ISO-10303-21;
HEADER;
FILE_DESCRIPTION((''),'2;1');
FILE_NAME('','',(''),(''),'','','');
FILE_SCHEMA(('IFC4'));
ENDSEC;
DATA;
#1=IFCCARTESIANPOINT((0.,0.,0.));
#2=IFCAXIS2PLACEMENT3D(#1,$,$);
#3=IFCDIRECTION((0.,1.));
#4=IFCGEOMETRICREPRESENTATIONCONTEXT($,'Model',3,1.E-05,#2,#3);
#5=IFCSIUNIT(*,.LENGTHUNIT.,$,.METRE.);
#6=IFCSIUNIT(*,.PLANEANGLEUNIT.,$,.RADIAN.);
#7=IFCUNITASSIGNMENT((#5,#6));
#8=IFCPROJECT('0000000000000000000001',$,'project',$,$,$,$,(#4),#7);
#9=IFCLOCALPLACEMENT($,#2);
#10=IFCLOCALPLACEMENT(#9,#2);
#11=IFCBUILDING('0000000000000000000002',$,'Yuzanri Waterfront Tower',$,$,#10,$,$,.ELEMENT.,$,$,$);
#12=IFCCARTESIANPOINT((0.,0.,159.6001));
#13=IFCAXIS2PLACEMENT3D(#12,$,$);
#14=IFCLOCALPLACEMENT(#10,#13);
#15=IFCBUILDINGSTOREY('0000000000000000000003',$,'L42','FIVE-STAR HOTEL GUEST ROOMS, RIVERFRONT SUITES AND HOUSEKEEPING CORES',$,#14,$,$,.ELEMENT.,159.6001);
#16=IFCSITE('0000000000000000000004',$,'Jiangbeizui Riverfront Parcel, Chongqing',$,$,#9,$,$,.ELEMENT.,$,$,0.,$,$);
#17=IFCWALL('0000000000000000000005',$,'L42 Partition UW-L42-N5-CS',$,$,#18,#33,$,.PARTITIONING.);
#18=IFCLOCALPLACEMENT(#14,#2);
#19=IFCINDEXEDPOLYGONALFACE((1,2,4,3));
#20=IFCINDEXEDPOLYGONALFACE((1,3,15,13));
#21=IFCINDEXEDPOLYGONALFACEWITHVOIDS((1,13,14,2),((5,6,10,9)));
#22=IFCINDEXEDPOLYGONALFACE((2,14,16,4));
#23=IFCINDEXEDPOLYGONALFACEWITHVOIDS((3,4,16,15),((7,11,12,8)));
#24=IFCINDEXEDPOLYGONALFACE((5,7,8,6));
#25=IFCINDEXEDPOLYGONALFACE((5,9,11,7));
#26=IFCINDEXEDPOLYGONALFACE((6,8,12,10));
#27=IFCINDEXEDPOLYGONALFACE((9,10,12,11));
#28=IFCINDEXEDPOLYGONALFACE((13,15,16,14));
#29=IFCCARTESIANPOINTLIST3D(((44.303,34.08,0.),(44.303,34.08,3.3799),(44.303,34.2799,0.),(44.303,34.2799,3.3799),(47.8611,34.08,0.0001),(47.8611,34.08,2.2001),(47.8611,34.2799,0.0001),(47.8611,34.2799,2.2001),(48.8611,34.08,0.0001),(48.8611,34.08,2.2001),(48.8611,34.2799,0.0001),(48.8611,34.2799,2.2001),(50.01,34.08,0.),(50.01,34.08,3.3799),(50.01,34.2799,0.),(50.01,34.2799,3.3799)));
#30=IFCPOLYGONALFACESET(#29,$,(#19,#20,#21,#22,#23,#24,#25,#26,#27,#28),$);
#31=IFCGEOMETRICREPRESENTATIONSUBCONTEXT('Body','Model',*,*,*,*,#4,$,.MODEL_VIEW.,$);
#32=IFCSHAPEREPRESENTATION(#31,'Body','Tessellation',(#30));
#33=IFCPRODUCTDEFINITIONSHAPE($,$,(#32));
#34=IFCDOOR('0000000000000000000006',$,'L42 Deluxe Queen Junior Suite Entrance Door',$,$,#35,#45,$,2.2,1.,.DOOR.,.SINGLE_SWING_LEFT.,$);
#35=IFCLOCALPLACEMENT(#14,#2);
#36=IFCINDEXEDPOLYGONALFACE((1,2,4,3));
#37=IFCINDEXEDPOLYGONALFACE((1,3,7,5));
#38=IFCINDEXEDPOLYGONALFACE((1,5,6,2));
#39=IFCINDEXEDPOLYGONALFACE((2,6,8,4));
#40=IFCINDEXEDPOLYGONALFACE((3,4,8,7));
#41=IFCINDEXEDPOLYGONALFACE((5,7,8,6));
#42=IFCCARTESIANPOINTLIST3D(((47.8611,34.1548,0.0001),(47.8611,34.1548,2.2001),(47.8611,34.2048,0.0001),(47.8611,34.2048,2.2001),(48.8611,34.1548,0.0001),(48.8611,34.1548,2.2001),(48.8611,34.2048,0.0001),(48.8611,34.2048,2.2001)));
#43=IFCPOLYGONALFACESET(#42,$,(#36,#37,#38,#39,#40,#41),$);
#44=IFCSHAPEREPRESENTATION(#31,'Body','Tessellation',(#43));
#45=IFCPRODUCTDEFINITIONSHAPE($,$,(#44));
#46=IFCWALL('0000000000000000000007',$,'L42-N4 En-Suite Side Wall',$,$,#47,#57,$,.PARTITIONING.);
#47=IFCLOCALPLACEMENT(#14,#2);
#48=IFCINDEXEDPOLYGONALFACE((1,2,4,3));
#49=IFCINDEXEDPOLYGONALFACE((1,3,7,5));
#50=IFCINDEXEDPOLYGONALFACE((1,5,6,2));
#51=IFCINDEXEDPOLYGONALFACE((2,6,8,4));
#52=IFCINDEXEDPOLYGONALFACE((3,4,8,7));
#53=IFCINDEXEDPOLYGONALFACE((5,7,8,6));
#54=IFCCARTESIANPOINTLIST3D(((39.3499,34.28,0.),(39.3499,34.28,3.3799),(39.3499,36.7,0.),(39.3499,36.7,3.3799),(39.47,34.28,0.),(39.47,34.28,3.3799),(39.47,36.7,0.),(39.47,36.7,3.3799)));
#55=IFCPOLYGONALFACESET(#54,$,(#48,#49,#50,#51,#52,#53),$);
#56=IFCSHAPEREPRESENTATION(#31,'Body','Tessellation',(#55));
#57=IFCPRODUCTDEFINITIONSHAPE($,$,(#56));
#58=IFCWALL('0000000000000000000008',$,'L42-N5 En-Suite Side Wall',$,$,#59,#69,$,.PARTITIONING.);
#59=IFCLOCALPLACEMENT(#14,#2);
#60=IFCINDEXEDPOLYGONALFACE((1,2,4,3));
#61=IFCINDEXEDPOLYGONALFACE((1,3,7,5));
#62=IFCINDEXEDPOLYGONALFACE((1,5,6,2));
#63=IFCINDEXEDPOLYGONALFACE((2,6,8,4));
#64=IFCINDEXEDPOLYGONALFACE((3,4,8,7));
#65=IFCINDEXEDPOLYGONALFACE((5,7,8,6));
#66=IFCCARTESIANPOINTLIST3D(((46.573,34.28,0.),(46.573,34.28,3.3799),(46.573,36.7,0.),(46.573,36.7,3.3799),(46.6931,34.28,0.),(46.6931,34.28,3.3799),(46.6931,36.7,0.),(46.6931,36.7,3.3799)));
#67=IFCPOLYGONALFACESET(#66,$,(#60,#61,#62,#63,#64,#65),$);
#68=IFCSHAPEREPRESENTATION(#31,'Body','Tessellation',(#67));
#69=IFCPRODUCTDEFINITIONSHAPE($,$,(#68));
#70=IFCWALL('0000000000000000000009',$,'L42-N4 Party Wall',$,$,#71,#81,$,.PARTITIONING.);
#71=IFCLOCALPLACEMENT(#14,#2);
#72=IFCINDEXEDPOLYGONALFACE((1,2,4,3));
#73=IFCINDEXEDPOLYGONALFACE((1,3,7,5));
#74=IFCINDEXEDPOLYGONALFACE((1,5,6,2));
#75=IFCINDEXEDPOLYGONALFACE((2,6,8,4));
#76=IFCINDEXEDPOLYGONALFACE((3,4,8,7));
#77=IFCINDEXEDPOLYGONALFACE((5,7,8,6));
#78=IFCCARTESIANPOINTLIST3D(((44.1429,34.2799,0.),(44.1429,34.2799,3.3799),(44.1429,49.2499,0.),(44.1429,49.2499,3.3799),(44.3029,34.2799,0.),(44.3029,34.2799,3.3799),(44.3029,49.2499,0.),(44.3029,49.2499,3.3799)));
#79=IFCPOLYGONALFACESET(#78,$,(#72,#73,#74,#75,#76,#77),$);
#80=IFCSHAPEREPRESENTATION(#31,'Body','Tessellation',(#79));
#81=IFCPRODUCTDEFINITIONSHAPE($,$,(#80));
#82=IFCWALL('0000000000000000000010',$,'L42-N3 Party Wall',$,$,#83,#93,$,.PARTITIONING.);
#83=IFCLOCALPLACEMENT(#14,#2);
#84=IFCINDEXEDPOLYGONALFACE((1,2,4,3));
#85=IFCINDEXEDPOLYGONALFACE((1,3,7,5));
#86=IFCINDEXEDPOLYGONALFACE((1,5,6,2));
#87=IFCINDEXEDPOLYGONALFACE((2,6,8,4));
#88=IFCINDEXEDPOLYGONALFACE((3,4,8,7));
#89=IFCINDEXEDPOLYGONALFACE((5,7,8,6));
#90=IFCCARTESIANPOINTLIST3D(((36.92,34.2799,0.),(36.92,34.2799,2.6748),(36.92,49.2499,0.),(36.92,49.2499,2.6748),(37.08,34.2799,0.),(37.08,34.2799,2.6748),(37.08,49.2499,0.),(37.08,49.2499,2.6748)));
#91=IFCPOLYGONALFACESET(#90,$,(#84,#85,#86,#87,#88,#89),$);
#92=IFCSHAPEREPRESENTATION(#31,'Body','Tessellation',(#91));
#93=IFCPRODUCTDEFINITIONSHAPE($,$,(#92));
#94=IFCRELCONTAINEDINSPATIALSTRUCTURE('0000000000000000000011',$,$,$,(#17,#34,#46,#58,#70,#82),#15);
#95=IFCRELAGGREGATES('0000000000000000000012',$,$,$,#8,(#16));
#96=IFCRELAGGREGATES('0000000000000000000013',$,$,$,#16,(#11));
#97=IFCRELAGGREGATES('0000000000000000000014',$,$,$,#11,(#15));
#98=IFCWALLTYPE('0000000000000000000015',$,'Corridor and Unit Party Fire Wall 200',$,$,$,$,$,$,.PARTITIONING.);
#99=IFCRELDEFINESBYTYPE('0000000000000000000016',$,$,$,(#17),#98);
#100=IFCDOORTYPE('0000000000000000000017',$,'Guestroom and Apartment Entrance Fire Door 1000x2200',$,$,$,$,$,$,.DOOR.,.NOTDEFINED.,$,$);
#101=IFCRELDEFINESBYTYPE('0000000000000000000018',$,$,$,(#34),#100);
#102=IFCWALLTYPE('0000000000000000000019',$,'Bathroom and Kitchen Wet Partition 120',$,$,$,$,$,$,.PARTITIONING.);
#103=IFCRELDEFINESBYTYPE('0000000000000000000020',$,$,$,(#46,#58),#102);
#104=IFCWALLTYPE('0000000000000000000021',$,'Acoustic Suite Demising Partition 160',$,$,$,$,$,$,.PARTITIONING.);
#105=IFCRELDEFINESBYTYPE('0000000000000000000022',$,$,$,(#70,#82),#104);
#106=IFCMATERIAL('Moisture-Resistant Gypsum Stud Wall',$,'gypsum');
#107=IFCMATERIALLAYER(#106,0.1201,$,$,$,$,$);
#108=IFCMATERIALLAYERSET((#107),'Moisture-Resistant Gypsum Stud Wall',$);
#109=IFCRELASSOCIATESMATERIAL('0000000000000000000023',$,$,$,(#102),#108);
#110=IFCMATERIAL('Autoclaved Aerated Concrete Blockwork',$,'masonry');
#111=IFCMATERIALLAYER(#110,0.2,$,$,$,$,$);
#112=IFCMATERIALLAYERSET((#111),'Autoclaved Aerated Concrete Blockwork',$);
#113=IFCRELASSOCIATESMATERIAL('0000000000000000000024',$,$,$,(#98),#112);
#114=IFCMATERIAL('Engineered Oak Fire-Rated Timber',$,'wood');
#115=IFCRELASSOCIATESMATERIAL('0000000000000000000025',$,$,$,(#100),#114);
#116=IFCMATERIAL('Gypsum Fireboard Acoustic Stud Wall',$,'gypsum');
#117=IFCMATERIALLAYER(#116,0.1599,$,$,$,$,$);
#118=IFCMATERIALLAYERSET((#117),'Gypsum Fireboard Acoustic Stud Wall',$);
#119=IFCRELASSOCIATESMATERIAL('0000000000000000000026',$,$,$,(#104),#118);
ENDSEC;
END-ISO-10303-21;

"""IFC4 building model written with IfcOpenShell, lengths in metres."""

from ifc_helpers import new_model, si_unit, direction, frame, frame_2d, origin, place, context, subcontext, project, spatial, rectangle, extrude, source, transform, mapped, material, layer, layer_set, type_object, element, fill, save


model = new_model("IFC4")

# Units and contexts
model_context = context("Model", 3, precision=1e-05, world=origin(), true_north=direction((0.0, 1.0)))
body_context = subcontext(model_context, "Body", "Model", "MODEL_VIEW")
ifc_project = project(units=[si_unit("LENGTHUNIT", "METRE"), si_unit("PLANEANGLEUNIT", "RADIAN")], contexts=[model_context])

# Site, building, storey
site_placement = place(None, origin())
site = spatial("IfcSite", under=ifc_project, at=site_placement, Name="Jiangbeizui Riverfront Parcel, Chongqing", CompositionType="ELEMENT", RefElevation=0.0)
building_placement = place(site_placement, origin())
building = spatial("IfcBuilding", under=site, at=building_placement, Name="Yuzanri Waterfront Tower", CompositionType="ELEMENT")
storey_placement = place(building_placement, frame((0.0, 0.0, 159.6001)))
storey = spatial("IfcBuildingStorey", under=building, at=storey_placement, Name="L42", Description="FIVE-STAR HOTEL GUEST ROOMS, RIVERFRONT SUITES AND HOUSEKEEPING CORES", CompositionType="ELEMENT", Elevation=159.6001)

# Wall, opening, door
ifc_material_1 = material(Name="Moisture-Resistant Gypsum Stud Wall", Category="gypsum")
ifc_layer_1 = layer(ifc_material_1, 0.1201)
ifc_layer_set_1 = layer_set([ifc_layer_1], Name="Moisture-Resistant Gypsum Stud Wall")
wall_type_1 = type_object("IfcWallType", Name="Bathroom and Kitchen Wet Partition 120", PredefinedType="PARTITIONING", material=ifc_layer_set_1)
ifc_material_2 = material(Name="Autoclaved Aerated Concrete Blockwork", Category="masonry")
ifc_layer_2 = layer(ifc_material_2, 0.2)
ifc_layer_set_2 = layer_set([ifc_layer_2], Name="Autoclaved Aerated Concrete Blockwork")
wall_type_2 = type_object("IfcWallType", Name="Corridor and Unit Party Fire Wall 200", PredefinedType="PARTITIONING", material=ifc_layer_set_2)
ifc_material_3 = material(Name="Engineered Oak Fire-Rated Timber", Category="wood")
door_type_1 = type_object("IfcDoorType", Name="Guestroom and Apartment Entrance Fire Door 1000x2200", OperationType="NOTDEFINED", PredefinedType="DOOR", material=ifc_material_3)
shared_shape_1 = source(origin(), body_context, "Body", "SweptSolid", [
    extrude(rectangle(XDim=1.0, YDim=2.2, at=frame_2d((0.5, 1.1001))), frame((0.0, 0.0249, 0.0), z_axis=(0.0, -1.0, 0.0), x_axis=(1.0, 0.0, 0.0)), (0.0, 0.0, 1.0), 0.05),
])
wall_1_placement = place(storey_placement, frame((44.303, 34.1799, 0.0), z_axis=(0.0, 0.0, 1.0), x_axis=(1.0, 0.0, 0.0)))
wall_1 = element("IfcWall", 1, at=wall_1_placement, inside=storey, type_object=wall_type_2, Name="L42 Partition UW-L42-N5-CS", PredefinedType="PARTITIONING", context=body_context, shape_type="SweptSolid", body=[
    extrude(rectangle(XDim=5.707, YDim=0.2, at=frame_2d((2.8535, 0.0))), origin(), (0.0, 0.0, 1.0), 3.3799),
])
opening_1_placement = place(wall_1_placement, frame((3.5581, 0.0, 0.0)))
opening_1 = element("IfcOpeningElement", 2, at=opening_1_placement, cuts=wall_1, PredefinedType="OPENING", context=body_context, shape_type="SweptSolid", body=[
    extrude(rectangle(XDim=1.0, YDim=2.2, at=frame_2d((0.5, 1.1001))), frame((0.0, 0.1147, 0.0), z_axis=(0.0, -1.0, 0.0), x_axis=(1.0, 0.0, 0.0)), (0.0, 0.0, 1.0), 0.2297),
])
door_1_placement = place(opening_1_placement, origin())
door_1 = element("IfcDoor", 3, at=door_1_placement, inside=storey, type_object=door_type_1, Name="L42 Deluxe Queen Junior Suite Entrance Door", OperationType="SINGLE_SWING_LEFT", OverallHeight=2.2, OverallWidth=1.0, PredefinedType="DOOR", context=body_context, shape_type="MappedRepresentation", body=[
    mapped(shared_shape_1, transform((0.0, 0.0, 0.0), scale=1.0)),
])
fill(opening_1, door_1)

# Walls
shared_shape_2 = source(origin(), body_context, "Body", "SweptSolid", [
    extrude(rectangle(XDim=2.4199, YDim=0.1201, at=frame_2d((1.21, 0.0))), origin(), (0.0, 0.0, 1.0), 3.3799),
])
for number, where, z_axis, x_axis, name in (
    (4, (39.4099, 34.28, 0.0), (0.0, 0.0, 1.0), (0.0, 1.0, 0.0), "L42-N4 En-Suite Side Wall"),
    (5, (46.6331, 34.28, 0.0), (0.0, 0.0, 1.0), (0.0, 1.0, 0.0), "L42-N5 En-Suite Side Wall"),
):
    element("IfcWall", number, at=place(storey_placement, frame(where, z_axis=z_axis, x_axis=x_axis)), inside=storey, type_object=wall_type_1, Name=name, PredefinedType="PARTITIONING", context=body_context, shape_type="MappedRepresentation", body=[
        mapped(shared_shape_2, transform((0.0, 0.0, 0.0), scale=1.0)),
    ])
ifc_material_4 = material(Name="Gypsum Fireboard Acoustic Stud Wall", Category="gypsum")
ifc_layer_3 = layer(ifc_material_4, 0.1599)
ifc_layer_set_3 = layer_set([ifc_layer_3], Name="Gypsum Fireboard Acoustic Stud Wall")
wall_type_3 = type_object("IfcWallType", Name="Acoustic Suite Demising Partition 160", PredefinedType="PARTITIONING", material=ifc_layer_set_3)
shared_shape_3 = source(origin(), body_context, "Body", "SweptSolid", [
    extrude(rectangle(XDim=14.97, YDim=0.1599, at=frame_2d((7.4849, 0.0))), origin(), (0.0, 0.0, 1.0), 3.3799),
])
wall_2_placement = place(storey_placement, frame((44.2229, 34.28, 0.0), z_axis=(0.0, 0.0, 1.0), x_axis=(0.0, 1.0, 0.0)))
element("IfcWall", 6, at=wall_2_placement, inside=storey, type_object=wall_type_3, Name="L42-N4 Party Wall", PredefinedType="PARTITIONING", context=body_context, shape_type="MappedRepresentation", body=[
    mapped(shared_shape_3, transform((0.0, 0.0, 0.0), scale=1.0)),
])
shared_shape_4 = source(origin(), body_context, "Body", "SweptSolid", [
    extrude(rectangle(XDim=14.97, YDim=0.1599, at=frame_2d((7.4849, 0.0))), origin(), (0.0, 0.0, 1.0), 2.6748),
])
wall_3_placement = place(storey_placement, frame((37.0, 34.28, 0.0), z_axis=(0.0, 0.0, 1.0), x_axis=(0.0, 1.0, 0.0)))
element("IfcWall", 7, at=wall_3_placement, inside=storey, type_object=wall_type_3, Name="L42-N3 Party Wall", PredefinedType="PARTITIONING", context=body_context, shape_type="MappedRepresentation", body=[
    mapped(shared_shape_4, transform((0.0, 0.0, 0.0), scale=1.0)),
])

save(model, "model.ifc")
